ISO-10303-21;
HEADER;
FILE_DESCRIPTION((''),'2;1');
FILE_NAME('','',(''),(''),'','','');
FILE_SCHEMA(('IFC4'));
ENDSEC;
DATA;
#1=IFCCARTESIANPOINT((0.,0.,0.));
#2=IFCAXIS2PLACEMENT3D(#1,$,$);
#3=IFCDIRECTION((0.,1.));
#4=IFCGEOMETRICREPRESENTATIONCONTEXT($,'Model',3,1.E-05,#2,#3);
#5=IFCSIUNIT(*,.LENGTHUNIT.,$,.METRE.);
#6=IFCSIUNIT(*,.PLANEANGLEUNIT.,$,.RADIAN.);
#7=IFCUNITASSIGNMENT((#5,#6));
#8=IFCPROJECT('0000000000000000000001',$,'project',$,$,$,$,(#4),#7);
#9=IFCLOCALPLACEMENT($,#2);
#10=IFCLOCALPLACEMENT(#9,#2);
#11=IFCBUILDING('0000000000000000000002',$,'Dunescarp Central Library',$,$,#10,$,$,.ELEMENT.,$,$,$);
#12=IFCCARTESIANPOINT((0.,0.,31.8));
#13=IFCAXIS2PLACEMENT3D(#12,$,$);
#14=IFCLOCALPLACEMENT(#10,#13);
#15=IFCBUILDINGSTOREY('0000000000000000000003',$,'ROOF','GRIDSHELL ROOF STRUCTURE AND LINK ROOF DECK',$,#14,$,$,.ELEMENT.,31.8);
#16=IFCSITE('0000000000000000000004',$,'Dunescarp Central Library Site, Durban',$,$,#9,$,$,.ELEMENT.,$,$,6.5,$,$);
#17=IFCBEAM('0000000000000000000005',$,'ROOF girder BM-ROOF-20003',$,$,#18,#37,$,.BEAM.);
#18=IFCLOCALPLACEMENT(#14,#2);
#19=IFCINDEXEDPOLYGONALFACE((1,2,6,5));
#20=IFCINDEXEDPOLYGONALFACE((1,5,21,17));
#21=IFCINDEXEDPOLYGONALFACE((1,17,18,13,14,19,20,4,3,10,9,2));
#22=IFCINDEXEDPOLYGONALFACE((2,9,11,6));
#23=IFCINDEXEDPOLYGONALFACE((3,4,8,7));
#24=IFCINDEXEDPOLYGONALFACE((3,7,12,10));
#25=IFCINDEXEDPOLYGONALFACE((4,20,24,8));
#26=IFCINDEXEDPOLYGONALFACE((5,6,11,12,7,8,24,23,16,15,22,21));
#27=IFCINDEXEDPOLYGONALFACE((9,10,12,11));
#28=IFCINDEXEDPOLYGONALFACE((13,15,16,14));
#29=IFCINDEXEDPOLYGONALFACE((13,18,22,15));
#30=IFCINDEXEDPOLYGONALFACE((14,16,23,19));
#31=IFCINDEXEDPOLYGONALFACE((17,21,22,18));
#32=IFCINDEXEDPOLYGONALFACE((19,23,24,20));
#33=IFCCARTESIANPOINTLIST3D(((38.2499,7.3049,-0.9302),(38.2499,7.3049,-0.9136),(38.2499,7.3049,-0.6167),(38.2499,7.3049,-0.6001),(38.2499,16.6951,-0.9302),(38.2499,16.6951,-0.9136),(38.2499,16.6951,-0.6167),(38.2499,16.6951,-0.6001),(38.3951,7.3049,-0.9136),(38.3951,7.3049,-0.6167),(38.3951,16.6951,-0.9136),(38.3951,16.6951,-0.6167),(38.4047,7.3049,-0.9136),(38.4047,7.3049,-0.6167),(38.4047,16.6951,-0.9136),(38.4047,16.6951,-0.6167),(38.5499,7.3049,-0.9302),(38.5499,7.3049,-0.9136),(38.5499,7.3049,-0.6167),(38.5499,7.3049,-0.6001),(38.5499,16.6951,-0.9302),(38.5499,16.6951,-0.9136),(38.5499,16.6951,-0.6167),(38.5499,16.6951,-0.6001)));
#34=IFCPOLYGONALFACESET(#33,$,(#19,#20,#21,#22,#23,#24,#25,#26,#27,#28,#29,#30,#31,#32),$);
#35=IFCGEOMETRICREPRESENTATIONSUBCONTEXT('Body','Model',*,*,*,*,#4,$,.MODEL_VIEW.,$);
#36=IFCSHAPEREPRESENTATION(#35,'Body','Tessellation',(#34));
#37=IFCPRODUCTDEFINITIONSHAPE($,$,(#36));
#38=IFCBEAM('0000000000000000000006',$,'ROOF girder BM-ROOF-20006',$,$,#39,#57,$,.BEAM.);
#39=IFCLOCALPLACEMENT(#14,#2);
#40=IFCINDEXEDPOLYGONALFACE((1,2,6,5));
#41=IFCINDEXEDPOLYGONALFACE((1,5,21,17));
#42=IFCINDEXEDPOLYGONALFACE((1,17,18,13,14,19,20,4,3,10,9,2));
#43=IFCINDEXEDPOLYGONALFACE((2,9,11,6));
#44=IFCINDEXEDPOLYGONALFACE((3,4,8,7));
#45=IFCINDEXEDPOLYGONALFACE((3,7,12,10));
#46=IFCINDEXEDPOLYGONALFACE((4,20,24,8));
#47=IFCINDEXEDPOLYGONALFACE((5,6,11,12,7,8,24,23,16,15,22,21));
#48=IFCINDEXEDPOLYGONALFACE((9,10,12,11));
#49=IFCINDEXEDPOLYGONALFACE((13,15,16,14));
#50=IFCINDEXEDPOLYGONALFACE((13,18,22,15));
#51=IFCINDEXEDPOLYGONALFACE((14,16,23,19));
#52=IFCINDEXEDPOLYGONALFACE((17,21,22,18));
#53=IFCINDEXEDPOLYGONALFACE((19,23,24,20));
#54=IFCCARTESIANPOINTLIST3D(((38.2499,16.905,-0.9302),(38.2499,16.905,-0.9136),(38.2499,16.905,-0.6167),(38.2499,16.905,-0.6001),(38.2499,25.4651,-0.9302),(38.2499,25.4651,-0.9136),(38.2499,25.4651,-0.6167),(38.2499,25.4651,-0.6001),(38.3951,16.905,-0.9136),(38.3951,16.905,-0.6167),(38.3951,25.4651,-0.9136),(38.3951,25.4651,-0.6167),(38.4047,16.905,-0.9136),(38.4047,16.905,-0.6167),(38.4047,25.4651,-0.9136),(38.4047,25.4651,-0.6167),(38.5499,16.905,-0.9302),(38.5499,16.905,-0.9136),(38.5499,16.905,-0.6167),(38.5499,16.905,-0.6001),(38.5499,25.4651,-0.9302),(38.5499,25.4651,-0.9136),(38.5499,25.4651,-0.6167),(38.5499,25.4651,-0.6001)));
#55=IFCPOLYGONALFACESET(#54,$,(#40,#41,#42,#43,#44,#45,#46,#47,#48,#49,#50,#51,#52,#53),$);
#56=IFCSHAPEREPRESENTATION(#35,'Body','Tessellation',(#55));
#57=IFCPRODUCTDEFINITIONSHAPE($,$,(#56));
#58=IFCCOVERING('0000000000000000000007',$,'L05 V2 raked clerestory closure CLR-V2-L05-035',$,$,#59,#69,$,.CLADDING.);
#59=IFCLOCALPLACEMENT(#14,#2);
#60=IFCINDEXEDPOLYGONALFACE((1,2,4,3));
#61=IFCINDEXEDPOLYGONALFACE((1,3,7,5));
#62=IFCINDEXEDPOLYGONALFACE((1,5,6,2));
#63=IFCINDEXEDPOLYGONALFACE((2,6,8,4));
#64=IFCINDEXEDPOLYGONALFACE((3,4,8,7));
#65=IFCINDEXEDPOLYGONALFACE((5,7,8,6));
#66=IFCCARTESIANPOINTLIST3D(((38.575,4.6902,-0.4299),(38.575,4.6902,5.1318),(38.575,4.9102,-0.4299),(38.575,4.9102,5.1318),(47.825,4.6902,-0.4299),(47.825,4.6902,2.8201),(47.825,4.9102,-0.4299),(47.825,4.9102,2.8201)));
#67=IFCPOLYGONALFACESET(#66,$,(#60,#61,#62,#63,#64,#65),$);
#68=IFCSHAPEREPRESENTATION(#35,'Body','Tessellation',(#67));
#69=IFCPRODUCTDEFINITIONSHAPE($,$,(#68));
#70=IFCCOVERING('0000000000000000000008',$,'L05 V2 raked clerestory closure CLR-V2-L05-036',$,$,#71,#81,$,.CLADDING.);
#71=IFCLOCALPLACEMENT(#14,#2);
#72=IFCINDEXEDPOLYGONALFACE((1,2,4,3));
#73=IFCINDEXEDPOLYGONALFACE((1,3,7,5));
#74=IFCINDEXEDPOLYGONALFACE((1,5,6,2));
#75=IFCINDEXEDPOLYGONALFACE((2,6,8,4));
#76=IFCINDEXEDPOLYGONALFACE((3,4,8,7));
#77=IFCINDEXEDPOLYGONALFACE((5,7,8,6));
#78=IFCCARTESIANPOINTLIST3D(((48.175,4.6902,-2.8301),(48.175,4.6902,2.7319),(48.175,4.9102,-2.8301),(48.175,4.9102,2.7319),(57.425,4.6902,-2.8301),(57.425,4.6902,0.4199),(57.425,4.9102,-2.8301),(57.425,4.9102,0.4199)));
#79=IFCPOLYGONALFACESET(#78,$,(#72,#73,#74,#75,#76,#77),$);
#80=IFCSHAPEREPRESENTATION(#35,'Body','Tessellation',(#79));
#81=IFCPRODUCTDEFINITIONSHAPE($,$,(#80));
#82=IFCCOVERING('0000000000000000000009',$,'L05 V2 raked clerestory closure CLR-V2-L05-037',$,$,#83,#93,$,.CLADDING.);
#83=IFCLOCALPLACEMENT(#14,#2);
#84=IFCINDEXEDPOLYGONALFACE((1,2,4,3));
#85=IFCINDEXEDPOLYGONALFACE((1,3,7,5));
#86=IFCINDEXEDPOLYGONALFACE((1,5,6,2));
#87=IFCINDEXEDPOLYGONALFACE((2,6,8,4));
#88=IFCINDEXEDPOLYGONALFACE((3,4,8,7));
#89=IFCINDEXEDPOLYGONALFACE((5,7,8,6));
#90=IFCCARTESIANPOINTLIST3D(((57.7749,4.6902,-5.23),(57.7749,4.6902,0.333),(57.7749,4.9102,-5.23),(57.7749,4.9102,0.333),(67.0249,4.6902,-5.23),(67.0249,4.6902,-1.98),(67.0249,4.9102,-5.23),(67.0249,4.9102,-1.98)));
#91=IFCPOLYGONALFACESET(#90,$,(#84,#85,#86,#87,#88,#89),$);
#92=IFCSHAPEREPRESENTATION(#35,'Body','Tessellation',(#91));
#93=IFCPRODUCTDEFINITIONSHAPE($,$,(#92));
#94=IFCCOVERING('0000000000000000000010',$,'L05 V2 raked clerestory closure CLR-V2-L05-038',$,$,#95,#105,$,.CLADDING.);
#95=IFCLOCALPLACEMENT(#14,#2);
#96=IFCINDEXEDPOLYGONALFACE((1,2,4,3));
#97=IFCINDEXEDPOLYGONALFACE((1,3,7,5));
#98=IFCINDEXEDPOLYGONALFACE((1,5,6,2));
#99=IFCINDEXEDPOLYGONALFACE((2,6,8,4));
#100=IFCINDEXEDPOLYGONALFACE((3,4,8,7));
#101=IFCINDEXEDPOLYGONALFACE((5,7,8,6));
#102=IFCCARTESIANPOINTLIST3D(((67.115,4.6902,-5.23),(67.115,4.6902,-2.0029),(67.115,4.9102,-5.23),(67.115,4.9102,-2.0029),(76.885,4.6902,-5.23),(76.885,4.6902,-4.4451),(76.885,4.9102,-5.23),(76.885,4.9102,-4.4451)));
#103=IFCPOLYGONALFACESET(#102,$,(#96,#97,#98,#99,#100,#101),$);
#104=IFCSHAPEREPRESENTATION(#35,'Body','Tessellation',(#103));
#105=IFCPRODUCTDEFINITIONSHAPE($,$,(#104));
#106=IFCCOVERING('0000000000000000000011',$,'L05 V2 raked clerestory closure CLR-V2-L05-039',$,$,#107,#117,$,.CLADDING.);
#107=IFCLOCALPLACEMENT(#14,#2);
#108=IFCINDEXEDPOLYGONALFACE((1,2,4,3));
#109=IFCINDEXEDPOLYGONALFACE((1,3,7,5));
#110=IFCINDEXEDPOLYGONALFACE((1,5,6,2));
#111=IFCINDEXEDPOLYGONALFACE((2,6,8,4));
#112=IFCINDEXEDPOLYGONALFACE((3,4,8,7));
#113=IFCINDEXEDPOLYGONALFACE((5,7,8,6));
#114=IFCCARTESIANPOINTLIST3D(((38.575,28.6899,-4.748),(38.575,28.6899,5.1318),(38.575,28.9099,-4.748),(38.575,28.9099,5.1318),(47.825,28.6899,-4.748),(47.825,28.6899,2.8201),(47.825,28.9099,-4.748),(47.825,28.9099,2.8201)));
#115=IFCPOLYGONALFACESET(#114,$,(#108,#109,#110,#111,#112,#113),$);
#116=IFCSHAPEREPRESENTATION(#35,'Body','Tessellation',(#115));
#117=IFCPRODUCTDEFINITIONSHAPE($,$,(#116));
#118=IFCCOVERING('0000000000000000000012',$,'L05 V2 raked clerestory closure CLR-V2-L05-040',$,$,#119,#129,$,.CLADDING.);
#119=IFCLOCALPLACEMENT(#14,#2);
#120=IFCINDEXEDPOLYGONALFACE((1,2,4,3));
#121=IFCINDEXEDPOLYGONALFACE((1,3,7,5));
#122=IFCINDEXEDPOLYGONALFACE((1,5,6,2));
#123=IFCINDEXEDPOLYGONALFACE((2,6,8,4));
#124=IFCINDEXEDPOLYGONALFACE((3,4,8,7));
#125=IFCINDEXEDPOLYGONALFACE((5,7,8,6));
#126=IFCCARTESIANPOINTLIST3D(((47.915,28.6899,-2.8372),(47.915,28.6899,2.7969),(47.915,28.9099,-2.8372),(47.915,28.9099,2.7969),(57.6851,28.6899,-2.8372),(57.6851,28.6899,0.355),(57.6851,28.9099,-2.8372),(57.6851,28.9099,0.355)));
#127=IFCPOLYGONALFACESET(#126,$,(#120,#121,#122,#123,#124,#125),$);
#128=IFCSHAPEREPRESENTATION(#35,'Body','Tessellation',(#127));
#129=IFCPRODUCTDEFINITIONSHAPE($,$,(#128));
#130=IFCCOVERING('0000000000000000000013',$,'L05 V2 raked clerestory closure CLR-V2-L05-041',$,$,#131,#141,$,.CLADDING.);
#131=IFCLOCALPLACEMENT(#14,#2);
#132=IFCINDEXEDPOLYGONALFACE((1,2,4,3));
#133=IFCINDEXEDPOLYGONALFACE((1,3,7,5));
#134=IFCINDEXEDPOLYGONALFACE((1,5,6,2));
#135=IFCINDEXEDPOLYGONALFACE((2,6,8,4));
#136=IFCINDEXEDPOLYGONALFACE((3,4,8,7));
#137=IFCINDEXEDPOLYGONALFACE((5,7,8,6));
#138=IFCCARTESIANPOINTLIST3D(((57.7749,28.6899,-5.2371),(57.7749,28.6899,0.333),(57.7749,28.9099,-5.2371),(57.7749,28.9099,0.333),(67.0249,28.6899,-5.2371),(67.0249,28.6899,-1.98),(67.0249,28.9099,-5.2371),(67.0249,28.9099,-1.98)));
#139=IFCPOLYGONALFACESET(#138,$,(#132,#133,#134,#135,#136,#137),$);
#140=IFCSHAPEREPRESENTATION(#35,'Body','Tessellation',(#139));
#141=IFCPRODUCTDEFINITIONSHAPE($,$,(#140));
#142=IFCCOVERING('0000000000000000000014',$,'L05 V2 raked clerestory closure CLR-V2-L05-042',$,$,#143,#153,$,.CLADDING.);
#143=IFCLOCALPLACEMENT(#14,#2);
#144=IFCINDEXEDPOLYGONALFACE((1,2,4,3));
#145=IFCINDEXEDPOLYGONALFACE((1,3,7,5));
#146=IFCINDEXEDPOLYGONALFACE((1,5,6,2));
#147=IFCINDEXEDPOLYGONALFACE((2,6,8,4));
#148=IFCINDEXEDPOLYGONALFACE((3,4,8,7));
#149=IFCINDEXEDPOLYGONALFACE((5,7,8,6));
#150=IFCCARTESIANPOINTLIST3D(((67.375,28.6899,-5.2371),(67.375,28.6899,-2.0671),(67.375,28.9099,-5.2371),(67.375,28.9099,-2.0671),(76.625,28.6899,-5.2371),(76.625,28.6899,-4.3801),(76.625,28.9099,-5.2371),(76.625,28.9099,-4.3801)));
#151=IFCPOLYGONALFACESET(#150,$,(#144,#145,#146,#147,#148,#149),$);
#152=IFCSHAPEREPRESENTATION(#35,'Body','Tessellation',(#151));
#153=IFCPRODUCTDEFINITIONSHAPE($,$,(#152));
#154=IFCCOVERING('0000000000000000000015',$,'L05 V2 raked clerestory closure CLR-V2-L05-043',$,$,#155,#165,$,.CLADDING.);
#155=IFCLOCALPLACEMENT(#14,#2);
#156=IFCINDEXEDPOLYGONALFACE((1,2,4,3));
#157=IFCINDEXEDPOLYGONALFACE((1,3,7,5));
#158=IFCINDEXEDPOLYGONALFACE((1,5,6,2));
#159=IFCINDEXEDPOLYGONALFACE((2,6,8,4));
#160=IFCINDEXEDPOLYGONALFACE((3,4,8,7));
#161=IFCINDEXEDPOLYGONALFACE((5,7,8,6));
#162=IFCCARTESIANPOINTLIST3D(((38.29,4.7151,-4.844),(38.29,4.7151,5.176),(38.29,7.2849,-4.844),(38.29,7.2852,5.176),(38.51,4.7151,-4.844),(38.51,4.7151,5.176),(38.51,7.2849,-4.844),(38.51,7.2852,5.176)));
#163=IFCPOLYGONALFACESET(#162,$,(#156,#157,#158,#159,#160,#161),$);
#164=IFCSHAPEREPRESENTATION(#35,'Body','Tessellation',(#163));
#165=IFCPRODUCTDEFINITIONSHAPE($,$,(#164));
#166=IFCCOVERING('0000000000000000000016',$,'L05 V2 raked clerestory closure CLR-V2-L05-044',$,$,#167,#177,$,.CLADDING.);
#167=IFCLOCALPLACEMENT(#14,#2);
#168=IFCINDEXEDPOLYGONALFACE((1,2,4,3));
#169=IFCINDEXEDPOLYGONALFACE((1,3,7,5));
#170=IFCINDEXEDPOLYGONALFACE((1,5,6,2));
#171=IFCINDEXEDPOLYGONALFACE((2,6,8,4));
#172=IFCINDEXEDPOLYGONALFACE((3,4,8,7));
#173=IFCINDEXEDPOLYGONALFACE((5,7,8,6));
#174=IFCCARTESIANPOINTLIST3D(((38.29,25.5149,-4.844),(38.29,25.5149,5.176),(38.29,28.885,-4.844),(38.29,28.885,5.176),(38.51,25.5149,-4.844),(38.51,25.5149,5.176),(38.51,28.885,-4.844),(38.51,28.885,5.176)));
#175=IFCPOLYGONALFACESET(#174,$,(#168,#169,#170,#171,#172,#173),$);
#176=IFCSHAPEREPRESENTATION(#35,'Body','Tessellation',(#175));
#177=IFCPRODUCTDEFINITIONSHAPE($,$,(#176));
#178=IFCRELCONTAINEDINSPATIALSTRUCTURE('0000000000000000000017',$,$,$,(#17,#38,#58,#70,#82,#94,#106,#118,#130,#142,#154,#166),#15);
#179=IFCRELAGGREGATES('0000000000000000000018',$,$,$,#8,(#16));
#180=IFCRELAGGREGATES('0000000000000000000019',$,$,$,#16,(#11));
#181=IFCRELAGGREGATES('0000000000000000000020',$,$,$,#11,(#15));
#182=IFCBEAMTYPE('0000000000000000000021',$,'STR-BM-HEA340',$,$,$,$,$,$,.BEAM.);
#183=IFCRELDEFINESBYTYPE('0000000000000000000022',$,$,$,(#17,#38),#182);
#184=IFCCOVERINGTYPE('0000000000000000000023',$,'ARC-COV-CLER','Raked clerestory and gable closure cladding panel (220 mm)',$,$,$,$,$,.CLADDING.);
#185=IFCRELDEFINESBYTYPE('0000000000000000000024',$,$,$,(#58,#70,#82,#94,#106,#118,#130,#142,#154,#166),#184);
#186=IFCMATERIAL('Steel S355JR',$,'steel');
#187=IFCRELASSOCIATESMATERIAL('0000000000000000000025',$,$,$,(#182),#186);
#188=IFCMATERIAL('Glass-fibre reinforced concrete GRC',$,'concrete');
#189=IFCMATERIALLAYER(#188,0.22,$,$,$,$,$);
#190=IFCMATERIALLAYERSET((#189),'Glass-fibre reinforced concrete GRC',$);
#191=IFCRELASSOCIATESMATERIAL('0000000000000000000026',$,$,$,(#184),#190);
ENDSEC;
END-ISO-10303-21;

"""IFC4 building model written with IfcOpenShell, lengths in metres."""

from ifc_helpers import new_model, si_unit, direction, frame, origin, origin_2d, place, context, subcontext, project, spatial, polyline, i_section, outline, extrude, material, layer, layer_set, material_profile, profile_set, type_object, element, save


model = new_model("IFC4")

# Units and contexts
model_context = context("Model", 3, precision=1e-05, world=origin(), true_north=direction((0.0, 1.0)))
body_context = subcontext(model_context, "Body", "Model", "MODEL_VIEW")
ifc_project = project(units=[si_unit("LENGTHUNIT", "METRE"), si_unit("PLANEANGLEUNIT", "RADIAN")], contexts=[model_context])

# Site, building, storey
site_placement = place(None, origin())
site = spatial("IfcSite", under=ifc_project, at=site_placement, Name="Dunescarp Central Library Site, Durban", CompositionType="ELEMENT", RefElevation=6.5)
building_placement = place(site_placement, origin())
building = spatial("IfcBuilding", under=site, at=building_placement, Name="Dunescarp Central Library", CompositionType="ELEMENT")
storey_placement = place(building_placement, frame((0.0, 0.0, 31.8)))
storey = spatial("IfcBuildingStorey", under=building, at=storey_placement, Name="ROOF", Description="GRIDSHELL ROOF STRUCTURE AND LINK ROOF DECK", CompositionType="ELEMENT", Elevation=31.8)

# Shared definitions
ifc_material_1 = material(Name="Steel S355JR", Category="steel")

# Beams
ifc_material_profile_1 = material_profile(ifc_material_1, i_section(OverallWidth=0.3, OverallDepth=0.3301, WebThickness=0.0095, FlangeThickness=0.0166, at=origin_2d()), Name="HEA 340")
ifc_profile_set_1 = profile_set([ifc_material_profile_1], Name="Steel S355JR")
beam_type = type_object("IfcBeamType", Name="STR-BM-HEA340", PredefinedType="BEAM", material=ifc_profile_set_1)
beam_1_placement = place(storey_placement, frame((38.3999, 7.3049, -0.7651), z_axis=(0.0, 1.0, 0.0), x_axis=(-1.0, 0.0, 0.0)))
element("IfcBeam", 1, at=beam_1_placement, inside=storey, type_object=beam_type, Name="ROOF girder BM-ROOF-20003", PredefinedType="BEAM", context=body_context, shape_type="SweptSolid", body=[
    extrude(i_section(OverallWidth=0.3, OverallDepth=0.3301, WebThickness=0.0095, FlangeThickness=0.0166, at=origin_2d()), origin(), (0.0, 0.0, 1.0), 9.3901),
])
beam_2_placement = place(storey_placement, frame((38.3999, 16.905, -0.7651), z_axis=(0.0, 1.0, 0.0), x_axis=(-1.0, 0.0, 0.0)))
element("IfcBeam", 2, at=beam_2_placement, inside=storey, type_object=beam_type, Name="ROOF girder BM-ROOF-20006", PredefinedType="BEAM", context=body_context, shape_type="SweptSolid", body=[
    extrude(i_section(OverallWidth=0.3, OverallDepth=0.3301, WebThickness=0.0095, FlangeThickness=0.0166, at=origin_2d()), origin(), (0.0, 0.0, 1.0), 8.5601),
])

# Coverings
ifc_material_2 = material(Name="Glass-fibre reinforced concrete GRC", Category="concrete")
ifc_layer_1 = layer(ifc_material_2, 0.22)
ifc_layer_set_1 = layer_set([ifc_layer_1], Name="Glass-fibre reinforced concrete GRC")
covering_type_1 = type_object("IfcCoveringType", Name="ARC-COV-CLER", Description="Raked clerestory and gable closure cladding panel (220 mm)", PredefinedType="CLADDING", material=ifc_layer_set_1)
covering_1_placement = place(storey_placement, frame((47.825, 4.8, -0.4299), z_axis=(0.0, 0.0, 1.0), x_axis=(-1.0, 0.0, 0.0)))
element("IfcCovering", 3, at=covering_1_placement, inside=storey, type_object=covering_type_1, Name="L05 V2 raked clerestory closure CLR-V2-L05-035", PredefinedType="CLADDING", context=body_context, shape_type="SweptSolid", body=[
    extrude(outline(polyline([(0.0, 0.0), (9.25, 0.0), (9.25, 5.5618), (0.0, 3.25), (0.0, 0.0)])), frame((0.0, 0.1099, 0.0), z_axis=(0.0, -1.0, 0.0), x_axis=(1.0, 0.0, 0.0)), (0.0, 0.0, 1.0), 0.22),
])
covering_2_placement = place(storey_placement, frame((57.425, 4.8, -2.8301), z_axis=(0.0, 0.0, 1.0), x_axis=(-1.0, 0.0, 0.0)))
element("IfcCovering", 4, at=covering_2_placement, inside=storey, type_object=covering_type_1, Name="L05 V2 raked clerestory closure CLR-V2-L05-036", PredefinedType="CLADDING", context=body_context, shape_type="SweptSolid", body=[
    extrude(outline(polyline([(0.0, 0.0), (9.25, 0.0), (9.25, 5.562), (0.0, 3.25), (0.0, 0.0)])), frame((0.0, 0.1099, 0.0), z_axis=(0.0, -1.0, 0.0), x_axis=(1.0, 0.0, 0.0)), (0.0, 0.0, 1.0), 0.22),
])
covering_3_placement = place(storey_placement, frame((67.0249, 4.8, -5.23), z_axis=(0.0, 0.0, 1.0), x_axis=(-1.0, 0.0, 0.0)))
element("IfcCovering", 5, at=covering_3_placement, inside=storey, type_object=covering_type_1, Name="L05 V2 raked clerestory closure CLR-V2-L05-037", PredefinedType="CLADDING", context=body_context, shape_type="SweptSolid", body=[
    extrude(outline(polyline([(0.0, 0.0), (9.25, 0.0), (9.25, 5.563), (0.0, 3.25), (0.0, 0.0)])), frame((0.0, 0.1099, 0.0), z_axis=(0.0, -1.0, 0.0), x_axis=(1.0, 0.0, 0.0)), (0.0, 0.0, 1.0), 0.22),
])
covering_4_placement = place(storey_placement, frame((76.885, 4.8, -5.23), z_axis=(0.0, 0.0, 1.0), x_axis=(-1.0, 0.0, 0.0)))
element("IfcCovering", 6, at=covering_4_placement, inside=storey, type_object=covering_type_1, Name="L05 V2 raked clerestory closure CLR-V2-L05-038", PredefinedType="CLADDING", context=body_context, shape_type="SweptSolid", body=[
    extrude(outline(polyline([(0.0, 0.0), (9.77, 0.0), (9.77, 3.2271), (0.0, 0.7849), (0.0, 0.0)])), frame((0.0, 0.1099, 0.0), z_axis=(0.0, -1.0, 0.0), x_axis=(1.0, 0.0, 0.0)), (0.0, 0.0, 1.0), 0.22),
])
covering_5_placement = place(storey_placement, frame((38.575, 28.8, -4.748), z_axis=(0.0, 0.0, 1.0), x_axis=(1.0, 0.0, 0.0)))
element("IfcCovering", 7, at=covering_5_placement, inside=storey, type_object=covering_type_1, Name="L05 V2 raked clerestory closure CLR-V2-L05-039", PredefinedType="CLADDING", context=body_context, shape_type="SweptSolid", body=[
    extrude(outline(polyline([(0.0, 0.0), (9.25, 0.0), (9.25, 7.5681), (0.0, 9.8799), (0.0, 0.0)])), frame((0.0, 0.1099, 0.0), z_axis=(0.0, -1.0, 0.0), x_axis=(1.0, 0.0, 0.0)), (0.0, 0.0, 1.0), 0.22),
])
covering_6_placement = place(storey_placement, frame((47.915, 28.8, -2.8372), z_axis=(0.0, 0.0, 1.0), x_axis=(1.0, 0.0, 0.0)))
element("IfcCovering", 8, at=covering_6_placement, inside=storey, type_object=covering_type_1, Name="L05 V2 raked clerestory closure CLR-V2-L05-040", PredefinedType="CLADDING", context=body_context, shape_type="SweptSolid", body=[
    extrude(outline(polyline([(0.0, 0.0), (9.77, 0.0), (9.77, 3.1921), (0.0, 5.634), (0.0, 0.0)])), frame((0.0, 0.1099, 0.0), z_axis=(0.0, -1.0, 0.0), x_axis=(1.0, 0.0, 0.0)), (0.0, 0.0, 1.0), 0.22),
])
covering_7_placement = place(storey_placement, frame((57.7749, 28.8, -5.2371), z_axis=(0.0, 0.0, 1.0), x_axis=(1.0, 0.0, 0.0)))
element("IfcCovering", 9, at=covering_7_placement, inside=storey, type_object=covering_type_1, Name="L05 V2 raked clerestory closure CLR-V2-L05-041", PredefinedType="CLADDING", context=body_context, shape_type="SweptSolid", body=[
    extrude(outline(polyline([(0.0, 0.0), (9.25, 0.0), (9.25, 3.2571), (0.0, 5.5701), (0.0, 0.0)])), frame((0.0, 0.1099, 0.0), z_axis=(0.0, -1.0, 0.0), x_axis=(1.0, 0.0, 0.0)), (0.0, 0.0, 1.0), 0.22),
])
covering_8_placement = place(storey_placement, frame((67.375, 28.8, -5.2371), z_axis=(0.0, 0.0, 1.0), x_axis=(1.0, 0.0, 0.0)))
element("IfcCovering", 10, at=covering_8_placement, inside=storey, type_object=covering_type_1, Name="L05 V2 raked clerestory closure CLR-V2-L05-042", PredefinedType="CLADDING", context=body_context, shape_type="SweptSolid", body=[
    extrude(outline(polyline([(0.0, 0.0), (9.25, 0.0), (9.25, 0.8569), (0.0, 3.1699), (0.0, 0.0)])), frame((0.0, 0.1099, 0.0), z_axis=(0.0, -1.0, 0.0), x_axis=(1.0, 0.0, 0.0)), (0.0, 0.0, 1.0), 0.22),
])
covering_9_placement = place(storey_placement, frame((38.3999, 4.7151, -4.844), z_axis=(0.0, 0.0, 1.0), x_axis=(0.0, 1.0, 0.0)))
element("IfcCovering", 11, at=covering_9_placement, inside=storey, type_object=covering_type_1, Name="L05 V2 raked clerestory closure CLR-V2-L05-043", PredefinedType="CLADDING", context=body_context, shape_type="SweptSolid", body=[
    extrude(outline(polyline([(0.0, 0.0), (2.5698, 0.0), (2.5701, 10.02), (0.0, 10.02), (0.0, 0.0)])), frame((0.0, 0.1099, 0.0), z_axis=(0.0, -1.0, 0.0), x_axis=(1.0, 0.0, 0.0)), (0.0, 0.0, 1.0), 0.22),
])
covering_10_placement = place(storey_placement, frame((38.3999, 25.5149, -4.844), z_axis=(0.0, 0.0, 1.0), x_axis=(0.0, 1.0, 0.0)))
element("IfcCovering", 12, at=covering_10_placement, inside=storey, type_object=covering_type_1, Name="L05 V2 raked clerestory closure CLR-V2-L05-044", PredefinedType="CLADDING", context=body_context, shape_type="SweptSolid", body=[
    extrude(outline(polyline([(0.0, 0.0), (3.3701, 0.0), (3.3701, 10.02), (0.0, 10.02), (0.0, 0.0)])), frame((0.0, 0.1099, 0.0), z_axis=(0.0, -1.0, 0.0), x_axis=(1.0, 0.0, 0.0)), (0.0, 0.0, 1.0), 0.22),
])

save(model, "model.ifc")
